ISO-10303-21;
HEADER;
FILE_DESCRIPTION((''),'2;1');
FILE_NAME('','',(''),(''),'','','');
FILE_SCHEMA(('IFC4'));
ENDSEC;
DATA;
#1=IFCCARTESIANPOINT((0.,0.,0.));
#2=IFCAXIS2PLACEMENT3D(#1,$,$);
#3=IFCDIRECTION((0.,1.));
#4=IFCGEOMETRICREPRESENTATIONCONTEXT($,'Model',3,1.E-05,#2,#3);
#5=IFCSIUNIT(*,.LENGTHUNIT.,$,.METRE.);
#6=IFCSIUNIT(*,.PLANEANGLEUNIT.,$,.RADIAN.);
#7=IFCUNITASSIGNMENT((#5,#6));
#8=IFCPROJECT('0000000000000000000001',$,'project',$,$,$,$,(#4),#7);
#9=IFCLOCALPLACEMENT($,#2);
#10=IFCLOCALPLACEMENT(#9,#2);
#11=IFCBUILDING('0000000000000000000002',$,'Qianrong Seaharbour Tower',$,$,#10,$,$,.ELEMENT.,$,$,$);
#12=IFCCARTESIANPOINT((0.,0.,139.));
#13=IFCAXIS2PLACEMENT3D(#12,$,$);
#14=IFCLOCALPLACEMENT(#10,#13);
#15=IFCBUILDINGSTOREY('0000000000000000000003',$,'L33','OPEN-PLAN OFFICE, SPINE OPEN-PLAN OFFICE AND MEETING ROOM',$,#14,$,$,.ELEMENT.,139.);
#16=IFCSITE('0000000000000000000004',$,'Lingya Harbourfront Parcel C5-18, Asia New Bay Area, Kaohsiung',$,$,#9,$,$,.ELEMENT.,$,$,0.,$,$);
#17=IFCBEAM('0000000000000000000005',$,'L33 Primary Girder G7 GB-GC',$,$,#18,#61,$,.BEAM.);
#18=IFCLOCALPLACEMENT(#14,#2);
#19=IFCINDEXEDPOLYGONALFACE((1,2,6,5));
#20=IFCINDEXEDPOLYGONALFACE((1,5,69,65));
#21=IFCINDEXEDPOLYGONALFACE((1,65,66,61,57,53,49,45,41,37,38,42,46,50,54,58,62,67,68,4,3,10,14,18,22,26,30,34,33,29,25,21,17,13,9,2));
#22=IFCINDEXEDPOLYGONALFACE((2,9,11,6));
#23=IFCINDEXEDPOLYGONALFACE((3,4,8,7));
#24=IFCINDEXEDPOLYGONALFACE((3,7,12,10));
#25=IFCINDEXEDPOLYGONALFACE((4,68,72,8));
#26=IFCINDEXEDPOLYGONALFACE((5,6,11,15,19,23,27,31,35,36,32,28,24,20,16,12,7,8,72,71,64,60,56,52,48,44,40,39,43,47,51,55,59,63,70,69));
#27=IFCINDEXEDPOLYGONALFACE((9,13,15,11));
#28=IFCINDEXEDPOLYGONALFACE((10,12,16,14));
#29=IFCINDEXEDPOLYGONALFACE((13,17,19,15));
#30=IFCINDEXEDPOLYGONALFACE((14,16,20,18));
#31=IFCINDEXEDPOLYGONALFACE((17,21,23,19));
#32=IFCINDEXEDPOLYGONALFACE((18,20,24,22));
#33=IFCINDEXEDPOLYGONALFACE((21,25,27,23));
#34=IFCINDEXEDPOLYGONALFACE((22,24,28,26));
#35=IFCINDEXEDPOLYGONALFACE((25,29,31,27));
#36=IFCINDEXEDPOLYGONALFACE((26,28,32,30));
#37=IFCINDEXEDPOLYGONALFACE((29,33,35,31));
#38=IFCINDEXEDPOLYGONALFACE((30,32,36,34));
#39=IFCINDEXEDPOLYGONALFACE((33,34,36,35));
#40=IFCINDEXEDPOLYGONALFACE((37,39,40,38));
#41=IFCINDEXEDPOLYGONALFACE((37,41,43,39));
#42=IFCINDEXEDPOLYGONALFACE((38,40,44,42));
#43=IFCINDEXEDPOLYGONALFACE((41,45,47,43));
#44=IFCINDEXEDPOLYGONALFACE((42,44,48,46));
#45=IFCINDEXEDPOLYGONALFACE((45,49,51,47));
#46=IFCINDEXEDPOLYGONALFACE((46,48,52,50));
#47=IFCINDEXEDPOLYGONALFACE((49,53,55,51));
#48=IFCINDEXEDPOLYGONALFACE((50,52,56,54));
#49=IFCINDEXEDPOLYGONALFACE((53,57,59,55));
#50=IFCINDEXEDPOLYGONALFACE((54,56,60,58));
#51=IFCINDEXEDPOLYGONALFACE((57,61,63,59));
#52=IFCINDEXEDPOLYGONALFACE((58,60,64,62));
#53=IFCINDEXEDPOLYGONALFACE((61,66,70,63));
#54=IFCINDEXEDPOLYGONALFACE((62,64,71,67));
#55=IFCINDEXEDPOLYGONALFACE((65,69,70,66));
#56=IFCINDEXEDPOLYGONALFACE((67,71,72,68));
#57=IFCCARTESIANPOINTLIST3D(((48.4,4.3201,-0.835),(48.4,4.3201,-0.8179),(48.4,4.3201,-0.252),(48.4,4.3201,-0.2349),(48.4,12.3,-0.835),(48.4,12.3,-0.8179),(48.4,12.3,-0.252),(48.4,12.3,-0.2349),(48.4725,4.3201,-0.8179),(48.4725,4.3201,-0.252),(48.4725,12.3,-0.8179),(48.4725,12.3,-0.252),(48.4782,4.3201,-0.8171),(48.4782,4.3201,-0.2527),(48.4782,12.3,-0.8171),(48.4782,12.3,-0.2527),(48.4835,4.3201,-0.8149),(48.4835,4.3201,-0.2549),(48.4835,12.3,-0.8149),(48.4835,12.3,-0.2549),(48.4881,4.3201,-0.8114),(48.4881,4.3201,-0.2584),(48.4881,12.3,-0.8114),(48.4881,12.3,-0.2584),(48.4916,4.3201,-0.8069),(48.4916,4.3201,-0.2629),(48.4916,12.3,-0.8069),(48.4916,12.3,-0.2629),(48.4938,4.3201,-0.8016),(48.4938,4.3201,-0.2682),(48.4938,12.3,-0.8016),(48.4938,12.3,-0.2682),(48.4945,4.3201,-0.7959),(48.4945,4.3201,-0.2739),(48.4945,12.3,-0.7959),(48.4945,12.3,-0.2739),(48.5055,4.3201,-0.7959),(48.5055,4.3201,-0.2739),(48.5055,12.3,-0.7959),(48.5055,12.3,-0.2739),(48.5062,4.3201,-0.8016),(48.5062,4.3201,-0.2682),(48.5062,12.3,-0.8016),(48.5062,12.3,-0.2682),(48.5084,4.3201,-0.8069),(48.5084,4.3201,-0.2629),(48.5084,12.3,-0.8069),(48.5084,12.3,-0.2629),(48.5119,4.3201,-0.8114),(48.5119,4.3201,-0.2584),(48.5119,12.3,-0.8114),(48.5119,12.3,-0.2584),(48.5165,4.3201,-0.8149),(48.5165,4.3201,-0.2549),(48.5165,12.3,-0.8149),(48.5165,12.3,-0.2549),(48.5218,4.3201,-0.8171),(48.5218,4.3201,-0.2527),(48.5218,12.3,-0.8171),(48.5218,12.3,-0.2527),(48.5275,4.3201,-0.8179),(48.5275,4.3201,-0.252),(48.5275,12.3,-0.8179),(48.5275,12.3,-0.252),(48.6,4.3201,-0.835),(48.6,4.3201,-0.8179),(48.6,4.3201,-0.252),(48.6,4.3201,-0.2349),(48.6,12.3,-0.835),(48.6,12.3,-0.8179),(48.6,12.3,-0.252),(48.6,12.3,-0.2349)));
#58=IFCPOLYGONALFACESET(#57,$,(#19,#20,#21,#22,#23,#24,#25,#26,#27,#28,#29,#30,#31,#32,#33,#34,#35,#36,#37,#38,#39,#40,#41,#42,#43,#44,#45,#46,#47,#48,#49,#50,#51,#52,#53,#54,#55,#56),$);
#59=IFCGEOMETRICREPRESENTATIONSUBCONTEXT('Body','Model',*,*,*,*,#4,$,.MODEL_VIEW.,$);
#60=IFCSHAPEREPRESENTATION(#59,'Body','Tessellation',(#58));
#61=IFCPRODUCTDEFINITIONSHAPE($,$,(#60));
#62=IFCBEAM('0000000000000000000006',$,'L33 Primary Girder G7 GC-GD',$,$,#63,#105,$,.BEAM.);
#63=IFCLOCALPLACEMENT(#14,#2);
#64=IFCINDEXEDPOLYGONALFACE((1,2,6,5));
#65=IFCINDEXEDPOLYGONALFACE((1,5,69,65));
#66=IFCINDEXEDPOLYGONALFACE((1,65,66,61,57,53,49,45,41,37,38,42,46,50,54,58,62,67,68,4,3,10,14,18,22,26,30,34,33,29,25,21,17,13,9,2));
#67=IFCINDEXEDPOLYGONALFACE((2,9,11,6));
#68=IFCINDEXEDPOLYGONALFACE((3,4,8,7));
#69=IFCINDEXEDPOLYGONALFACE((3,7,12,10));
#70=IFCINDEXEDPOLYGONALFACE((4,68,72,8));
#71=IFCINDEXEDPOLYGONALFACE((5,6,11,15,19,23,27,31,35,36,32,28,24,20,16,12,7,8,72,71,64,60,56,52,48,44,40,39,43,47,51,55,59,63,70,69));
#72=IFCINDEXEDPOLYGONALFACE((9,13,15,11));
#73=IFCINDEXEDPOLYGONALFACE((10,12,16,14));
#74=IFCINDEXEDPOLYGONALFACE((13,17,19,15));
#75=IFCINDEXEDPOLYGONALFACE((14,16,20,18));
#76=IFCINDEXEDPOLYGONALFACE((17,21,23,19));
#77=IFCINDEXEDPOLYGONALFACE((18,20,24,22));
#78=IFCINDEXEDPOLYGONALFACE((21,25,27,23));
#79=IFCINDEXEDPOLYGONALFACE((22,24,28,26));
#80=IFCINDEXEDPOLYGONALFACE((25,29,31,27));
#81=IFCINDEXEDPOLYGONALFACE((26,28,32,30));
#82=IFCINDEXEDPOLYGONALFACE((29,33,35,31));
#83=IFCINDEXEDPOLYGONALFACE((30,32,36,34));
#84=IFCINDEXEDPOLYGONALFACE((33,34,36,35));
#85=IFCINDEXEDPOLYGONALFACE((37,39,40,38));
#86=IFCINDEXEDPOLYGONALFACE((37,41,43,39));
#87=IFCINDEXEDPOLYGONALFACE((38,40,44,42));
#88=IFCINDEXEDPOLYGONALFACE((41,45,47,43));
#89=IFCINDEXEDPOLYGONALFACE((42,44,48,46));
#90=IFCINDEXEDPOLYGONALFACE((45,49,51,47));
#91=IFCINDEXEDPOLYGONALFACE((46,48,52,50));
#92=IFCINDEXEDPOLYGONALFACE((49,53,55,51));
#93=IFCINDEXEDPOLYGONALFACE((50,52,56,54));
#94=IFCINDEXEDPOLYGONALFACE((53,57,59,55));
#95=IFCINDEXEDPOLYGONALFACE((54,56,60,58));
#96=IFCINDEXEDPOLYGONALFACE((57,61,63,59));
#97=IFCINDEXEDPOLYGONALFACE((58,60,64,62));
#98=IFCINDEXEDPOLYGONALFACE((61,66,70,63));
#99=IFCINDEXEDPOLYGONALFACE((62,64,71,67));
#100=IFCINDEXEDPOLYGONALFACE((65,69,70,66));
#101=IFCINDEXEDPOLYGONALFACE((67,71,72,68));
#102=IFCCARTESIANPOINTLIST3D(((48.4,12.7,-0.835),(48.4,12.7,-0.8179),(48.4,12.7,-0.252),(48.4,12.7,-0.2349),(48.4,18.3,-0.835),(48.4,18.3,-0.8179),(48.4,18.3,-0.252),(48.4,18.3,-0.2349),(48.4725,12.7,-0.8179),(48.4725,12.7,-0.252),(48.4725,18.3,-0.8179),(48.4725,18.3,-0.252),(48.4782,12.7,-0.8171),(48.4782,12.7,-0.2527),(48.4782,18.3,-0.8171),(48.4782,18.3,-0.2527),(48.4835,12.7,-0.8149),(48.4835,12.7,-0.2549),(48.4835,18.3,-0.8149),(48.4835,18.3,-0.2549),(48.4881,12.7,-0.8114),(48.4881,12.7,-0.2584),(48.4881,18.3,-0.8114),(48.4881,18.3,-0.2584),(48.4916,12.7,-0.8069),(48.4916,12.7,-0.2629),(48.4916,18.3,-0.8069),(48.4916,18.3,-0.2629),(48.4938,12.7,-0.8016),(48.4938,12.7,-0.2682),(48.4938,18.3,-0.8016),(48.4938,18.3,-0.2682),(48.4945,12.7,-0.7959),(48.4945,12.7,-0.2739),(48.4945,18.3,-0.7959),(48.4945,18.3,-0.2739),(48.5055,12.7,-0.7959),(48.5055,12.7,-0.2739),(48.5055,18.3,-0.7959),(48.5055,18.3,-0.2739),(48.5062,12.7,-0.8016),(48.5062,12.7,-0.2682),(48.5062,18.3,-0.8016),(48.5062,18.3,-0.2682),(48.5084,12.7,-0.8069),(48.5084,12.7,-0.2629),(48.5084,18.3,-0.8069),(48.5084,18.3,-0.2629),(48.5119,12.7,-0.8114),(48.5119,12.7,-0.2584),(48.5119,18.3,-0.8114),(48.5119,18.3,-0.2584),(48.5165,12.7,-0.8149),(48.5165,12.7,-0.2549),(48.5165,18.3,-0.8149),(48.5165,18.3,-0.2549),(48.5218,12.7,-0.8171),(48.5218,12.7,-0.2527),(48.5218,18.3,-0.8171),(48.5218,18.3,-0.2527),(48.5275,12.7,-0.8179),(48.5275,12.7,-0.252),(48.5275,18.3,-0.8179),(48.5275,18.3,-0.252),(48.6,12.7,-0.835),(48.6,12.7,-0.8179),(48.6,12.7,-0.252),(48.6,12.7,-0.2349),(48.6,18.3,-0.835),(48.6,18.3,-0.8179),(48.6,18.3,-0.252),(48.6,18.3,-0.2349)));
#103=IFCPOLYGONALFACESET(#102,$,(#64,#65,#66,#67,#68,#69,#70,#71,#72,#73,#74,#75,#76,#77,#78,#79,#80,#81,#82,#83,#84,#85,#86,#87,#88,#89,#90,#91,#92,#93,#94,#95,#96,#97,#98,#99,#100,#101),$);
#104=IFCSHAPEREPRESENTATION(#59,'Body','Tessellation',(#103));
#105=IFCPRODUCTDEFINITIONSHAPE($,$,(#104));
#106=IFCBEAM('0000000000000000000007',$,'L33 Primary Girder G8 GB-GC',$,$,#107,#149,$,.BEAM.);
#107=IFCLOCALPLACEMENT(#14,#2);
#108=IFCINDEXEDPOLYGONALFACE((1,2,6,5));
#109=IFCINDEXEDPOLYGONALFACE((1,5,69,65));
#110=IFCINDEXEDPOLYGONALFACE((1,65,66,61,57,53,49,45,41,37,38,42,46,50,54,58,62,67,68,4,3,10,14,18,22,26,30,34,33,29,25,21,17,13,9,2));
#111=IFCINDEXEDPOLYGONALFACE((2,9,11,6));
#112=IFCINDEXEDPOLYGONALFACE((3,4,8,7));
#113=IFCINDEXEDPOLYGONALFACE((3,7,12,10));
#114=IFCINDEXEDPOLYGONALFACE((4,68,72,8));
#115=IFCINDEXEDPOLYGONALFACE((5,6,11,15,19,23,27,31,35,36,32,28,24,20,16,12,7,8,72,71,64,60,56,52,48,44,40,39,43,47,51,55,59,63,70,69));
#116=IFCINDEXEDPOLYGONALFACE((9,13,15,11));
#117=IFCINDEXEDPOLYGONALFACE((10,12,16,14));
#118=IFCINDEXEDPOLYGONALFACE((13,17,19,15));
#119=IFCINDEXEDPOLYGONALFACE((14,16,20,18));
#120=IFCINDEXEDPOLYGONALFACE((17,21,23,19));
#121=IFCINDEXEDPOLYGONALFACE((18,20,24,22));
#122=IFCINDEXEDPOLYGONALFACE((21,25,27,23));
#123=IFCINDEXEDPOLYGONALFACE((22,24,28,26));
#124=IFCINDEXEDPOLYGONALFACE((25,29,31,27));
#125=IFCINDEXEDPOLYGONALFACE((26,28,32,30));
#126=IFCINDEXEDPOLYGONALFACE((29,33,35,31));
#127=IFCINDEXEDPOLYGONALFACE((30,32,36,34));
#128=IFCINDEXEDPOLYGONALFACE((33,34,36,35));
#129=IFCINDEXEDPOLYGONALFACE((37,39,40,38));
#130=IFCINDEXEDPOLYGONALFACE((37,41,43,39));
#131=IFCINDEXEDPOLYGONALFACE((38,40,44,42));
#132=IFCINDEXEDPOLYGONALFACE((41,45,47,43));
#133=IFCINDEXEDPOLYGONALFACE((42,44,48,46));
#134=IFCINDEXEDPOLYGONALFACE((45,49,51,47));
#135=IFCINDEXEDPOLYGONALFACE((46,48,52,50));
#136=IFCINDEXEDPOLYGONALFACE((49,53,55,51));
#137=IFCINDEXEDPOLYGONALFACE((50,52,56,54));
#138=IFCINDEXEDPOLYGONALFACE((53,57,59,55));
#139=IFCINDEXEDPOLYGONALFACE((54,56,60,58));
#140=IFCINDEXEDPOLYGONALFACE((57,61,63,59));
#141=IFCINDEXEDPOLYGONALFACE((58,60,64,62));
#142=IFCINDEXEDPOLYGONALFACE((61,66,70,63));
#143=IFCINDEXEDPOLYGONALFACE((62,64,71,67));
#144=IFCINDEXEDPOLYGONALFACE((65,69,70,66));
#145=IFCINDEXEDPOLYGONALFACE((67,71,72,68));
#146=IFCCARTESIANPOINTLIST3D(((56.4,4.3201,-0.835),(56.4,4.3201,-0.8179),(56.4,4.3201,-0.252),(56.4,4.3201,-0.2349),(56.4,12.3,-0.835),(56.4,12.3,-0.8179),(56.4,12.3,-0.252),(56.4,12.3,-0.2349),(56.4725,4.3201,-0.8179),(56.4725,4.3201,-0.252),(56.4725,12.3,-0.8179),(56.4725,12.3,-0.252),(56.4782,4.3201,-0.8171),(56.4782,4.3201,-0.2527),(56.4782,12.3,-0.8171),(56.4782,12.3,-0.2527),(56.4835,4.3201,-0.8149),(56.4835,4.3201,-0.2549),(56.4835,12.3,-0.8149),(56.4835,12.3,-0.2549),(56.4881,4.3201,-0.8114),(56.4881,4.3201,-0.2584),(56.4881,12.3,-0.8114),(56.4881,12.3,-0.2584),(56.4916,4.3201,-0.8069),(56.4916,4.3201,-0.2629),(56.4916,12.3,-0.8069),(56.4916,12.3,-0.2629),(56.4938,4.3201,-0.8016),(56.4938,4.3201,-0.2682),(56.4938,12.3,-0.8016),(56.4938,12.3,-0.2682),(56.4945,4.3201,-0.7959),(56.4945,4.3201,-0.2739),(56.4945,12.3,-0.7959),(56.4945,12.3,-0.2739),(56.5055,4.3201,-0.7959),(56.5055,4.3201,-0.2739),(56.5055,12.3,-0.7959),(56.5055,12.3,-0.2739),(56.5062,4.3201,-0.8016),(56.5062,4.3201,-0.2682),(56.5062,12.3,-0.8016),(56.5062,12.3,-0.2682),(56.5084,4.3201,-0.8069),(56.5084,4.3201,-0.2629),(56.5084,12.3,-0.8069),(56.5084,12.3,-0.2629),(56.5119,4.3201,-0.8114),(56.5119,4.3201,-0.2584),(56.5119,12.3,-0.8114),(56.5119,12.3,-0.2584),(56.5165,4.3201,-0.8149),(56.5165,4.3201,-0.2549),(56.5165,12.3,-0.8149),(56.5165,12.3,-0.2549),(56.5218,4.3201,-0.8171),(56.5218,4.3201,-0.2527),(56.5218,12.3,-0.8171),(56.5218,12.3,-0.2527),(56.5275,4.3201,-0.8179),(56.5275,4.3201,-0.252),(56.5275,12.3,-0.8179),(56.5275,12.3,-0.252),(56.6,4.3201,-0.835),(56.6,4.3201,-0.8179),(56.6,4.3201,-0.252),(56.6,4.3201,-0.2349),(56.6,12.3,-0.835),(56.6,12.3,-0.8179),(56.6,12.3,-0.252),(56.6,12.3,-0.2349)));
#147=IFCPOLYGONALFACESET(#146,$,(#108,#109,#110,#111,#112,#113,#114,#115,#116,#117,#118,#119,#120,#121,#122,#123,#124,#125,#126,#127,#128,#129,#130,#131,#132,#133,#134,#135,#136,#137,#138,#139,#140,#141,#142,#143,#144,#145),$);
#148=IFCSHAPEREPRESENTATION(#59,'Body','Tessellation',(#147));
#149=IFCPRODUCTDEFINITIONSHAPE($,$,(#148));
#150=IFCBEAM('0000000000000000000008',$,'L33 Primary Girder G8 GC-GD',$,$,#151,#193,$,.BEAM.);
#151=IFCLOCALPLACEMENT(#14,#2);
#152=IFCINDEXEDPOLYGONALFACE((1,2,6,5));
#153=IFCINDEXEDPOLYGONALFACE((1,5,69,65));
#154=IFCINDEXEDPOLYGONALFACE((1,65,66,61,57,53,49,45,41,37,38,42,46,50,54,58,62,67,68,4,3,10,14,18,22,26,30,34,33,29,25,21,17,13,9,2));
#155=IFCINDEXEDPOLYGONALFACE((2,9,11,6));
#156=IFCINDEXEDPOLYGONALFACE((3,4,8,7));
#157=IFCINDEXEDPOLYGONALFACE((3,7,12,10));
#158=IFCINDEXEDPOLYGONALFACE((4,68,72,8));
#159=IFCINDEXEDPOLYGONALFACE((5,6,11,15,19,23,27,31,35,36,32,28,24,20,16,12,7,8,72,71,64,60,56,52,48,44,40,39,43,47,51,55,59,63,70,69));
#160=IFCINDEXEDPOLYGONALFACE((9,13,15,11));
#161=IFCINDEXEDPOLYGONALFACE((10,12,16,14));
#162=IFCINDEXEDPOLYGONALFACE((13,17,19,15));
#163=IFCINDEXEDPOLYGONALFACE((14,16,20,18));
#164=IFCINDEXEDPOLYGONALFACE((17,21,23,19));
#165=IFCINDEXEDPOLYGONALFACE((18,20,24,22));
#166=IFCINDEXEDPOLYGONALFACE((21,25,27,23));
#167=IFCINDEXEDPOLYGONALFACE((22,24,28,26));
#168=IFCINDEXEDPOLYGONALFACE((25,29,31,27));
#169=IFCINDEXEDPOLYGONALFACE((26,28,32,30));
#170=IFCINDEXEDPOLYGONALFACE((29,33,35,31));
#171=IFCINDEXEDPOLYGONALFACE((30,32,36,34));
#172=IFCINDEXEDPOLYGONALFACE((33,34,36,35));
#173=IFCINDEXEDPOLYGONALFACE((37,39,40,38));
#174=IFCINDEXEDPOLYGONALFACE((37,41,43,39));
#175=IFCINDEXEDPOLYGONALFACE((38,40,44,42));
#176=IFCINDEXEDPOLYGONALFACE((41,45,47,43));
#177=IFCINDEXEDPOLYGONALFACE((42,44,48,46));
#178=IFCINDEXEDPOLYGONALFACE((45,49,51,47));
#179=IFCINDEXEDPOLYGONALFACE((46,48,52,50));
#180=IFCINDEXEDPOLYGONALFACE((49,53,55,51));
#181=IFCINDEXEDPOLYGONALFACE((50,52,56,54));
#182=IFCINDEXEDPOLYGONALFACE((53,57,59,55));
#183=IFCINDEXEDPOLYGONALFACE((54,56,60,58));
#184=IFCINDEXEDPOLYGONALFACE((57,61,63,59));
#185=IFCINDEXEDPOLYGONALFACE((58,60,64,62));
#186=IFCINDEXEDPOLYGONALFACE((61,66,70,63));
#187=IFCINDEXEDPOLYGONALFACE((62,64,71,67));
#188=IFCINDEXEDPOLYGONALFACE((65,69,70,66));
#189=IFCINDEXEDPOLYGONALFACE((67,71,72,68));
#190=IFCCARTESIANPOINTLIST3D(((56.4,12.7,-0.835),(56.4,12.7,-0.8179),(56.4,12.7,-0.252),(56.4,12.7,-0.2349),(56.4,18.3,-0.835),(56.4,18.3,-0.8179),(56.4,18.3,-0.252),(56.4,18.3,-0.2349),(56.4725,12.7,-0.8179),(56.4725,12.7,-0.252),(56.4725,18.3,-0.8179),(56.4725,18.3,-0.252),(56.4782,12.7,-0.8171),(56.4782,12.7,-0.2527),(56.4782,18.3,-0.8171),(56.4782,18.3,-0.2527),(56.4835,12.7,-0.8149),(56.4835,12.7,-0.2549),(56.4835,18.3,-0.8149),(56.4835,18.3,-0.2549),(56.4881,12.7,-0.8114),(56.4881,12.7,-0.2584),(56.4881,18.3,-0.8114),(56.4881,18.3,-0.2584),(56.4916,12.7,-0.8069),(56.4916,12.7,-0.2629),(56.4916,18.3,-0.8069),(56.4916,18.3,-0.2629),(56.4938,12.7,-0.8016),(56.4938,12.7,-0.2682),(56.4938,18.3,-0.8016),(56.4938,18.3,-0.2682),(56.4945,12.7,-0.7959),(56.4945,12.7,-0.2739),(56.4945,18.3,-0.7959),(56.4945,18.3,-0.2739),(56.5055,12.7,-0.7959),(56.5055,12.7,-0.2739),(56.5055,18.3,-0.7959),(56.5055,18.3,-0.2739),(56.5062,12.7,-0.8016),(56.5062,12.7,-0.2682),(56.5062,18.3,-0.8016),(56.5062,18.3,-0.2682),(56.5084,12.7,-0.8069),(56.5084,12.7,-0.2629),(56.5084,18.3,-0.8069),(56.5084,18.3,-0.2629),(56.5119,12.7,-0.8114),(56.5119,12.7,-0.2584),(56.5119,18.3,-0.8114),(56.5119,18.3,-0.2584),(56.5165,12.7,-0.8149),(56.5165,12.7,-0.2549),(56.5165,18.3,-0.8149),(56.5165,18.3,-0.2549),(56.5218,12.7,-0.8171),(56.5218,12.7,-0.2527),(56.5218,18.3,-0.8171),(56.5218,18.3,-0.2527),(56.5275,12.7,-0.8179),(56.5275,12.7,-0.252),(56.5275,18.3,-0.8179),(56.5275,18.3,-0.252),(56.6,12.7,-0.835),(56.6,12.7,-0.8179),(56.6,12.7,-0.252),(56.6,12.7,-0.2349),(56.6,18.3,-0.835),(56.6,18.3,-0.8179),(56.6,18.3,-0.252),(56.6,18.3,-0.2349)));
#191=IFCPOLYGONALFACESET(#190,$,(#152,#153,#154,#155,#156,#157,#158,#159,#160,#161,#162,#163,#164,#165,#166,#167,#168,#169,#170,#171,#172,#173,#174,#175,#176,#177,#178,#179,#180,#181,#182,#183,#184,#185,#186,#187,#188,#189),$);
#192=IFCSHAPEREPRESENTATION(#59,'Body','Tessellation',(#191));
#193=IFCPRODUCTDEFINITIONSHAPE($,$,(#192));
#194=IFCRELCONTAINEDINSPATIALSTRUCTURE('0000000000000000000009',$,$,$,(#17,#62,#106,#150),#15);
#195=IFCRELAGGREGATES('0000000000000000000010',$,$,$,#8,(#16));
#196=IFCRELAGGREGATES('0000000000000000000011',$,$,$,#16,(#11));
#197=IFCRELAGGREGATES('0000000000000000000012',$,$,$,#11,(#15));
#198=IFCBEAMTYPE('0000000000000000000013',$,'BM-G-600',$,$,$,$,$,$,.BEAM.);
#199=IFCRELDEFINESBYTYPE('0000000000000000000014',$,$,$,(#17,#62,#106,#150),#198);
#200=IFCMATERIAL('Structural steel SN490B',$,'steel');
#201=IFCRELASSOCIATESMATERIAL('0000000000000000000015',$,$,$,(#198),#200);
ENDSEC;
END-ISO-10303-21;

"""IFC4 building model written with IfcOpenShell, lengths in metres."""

from ifc_helpers import new_model, si_unit, direction, frame, origin, origin_2d, place, context, subcontext, project, spatial, i_section, extrude, material, material_profile, profile_set, type_object, element, save


model = new_model("IFC4")

# Units and contexts
model_context = context("Model", 3, precision=1e-05, world=origin(), true_north=direction((0.0, 1.0)))
body_context = subcontext(model_context, "Body", "Model", "MODEL_VIEW")
ifc_project = project(units=[si_unit("LENGTHUNIT", "METRE"), si_unit("PLANEANGLEUNIT", "RADIAN")], contexts=[model_context])

# Site, building, storey
site_placement = place(None, origin())
site = spatial("IfcSite", under=ifc_project, at=site_placement, Name="Lingya Harbourfront Parcel C5-18, Asia New Bay Area, Kaohsiung", CompositionType="ELEMENT", RefElevation=0.0)
building_placement = place(site_placement, origin())
building = spatial("IfcBuilding", under=site, at=building_placement, Name="Qianrong Seaharbour Tower", CompositionType="ELEMENT")
storey_placement = place(building_placement, frame((0.0, 0.0, 139.0)))
storey = spatial("IfcBuildingStorey", under=building, at=storey_placement, Name="L33", Description="OPEN-PLAN OFFICE, SPINE OPEN-PLAN OFFICE AND MEETING ROOM", CompositionType="ELEMENT", Elevation=139.0)

# Shared definitions
ifc_material_1 = material(Name="Structural steel SN490B", Category="steel")

# Beams
ifc_material_profile_1 = material_profile(ifc_material_1, i_section(OverallWidth=0.2, OverallDepth=0.6001, WebThickness=0.011, FlangeThickness=0.0171, FilletRadius=0.022, at=origin_2d()), Name="H600x200x11x17")
ifc_profile_set_1 = profile_set([ifc_material_profile_1], Name="Structural steel SN490B")
beam_type_1 = type_object("IfcBeamType", Name="BM-G-600", PredefinedType="BEAM", material=ifc_profile_set_1)
beam_1_placement = place(storey_placement, frame((48.5, 4.3201, -0.5349), z_axis=(0.0, 1.0, 0.0), x_axis=(-1.0, 0.0, 0.0)))
element("IfcBeam", 1, at=beam_1_placement, inside=storey, type_object=beam_type_1, Name="L33 Primary Girder G7 GB-GC", PredefinedType="BEAM", context=body_context, shape_type="SweptSolid", body=[
    extrude(i_section(OverallWidth=0.2, OverallDepth=0.6001, WebThickness=0.011, FlangeThickness=0.0171, FilletRadius=0.022, at=origin_2d()), origin(), (0.0, 0.0, 1.0), 7.98),
])
beam_2_placement = place(storey_placement, frame((48.5, 12.7, -0.5349), z_axis=(0.0, 1.0, 0.0), x_axis=(-1.0, 0.0, 0.0)))
element("IfcBeam", 2, at=beam_2_placement, inside=storey, type_object=beam_type_1, Name="L33 Primary Girder G7 GC-GD", PredefinedType="BEAM", context=body_context, shape_type="SweptSolid", body=[
    extrude(i_section(OverallWidth=0.2, OverallDepth=0.6001, WebThickness=0.011, FlangeThickness=0.0171, FilletRadius=0.022, at=origin_2d()), origin(), (0.0, 0.0, 1.0), 5.6001),
])
beam_3_placement = place(storey_placement, frame((56.5, 4.3201, -0.5349), z_axis=(0.0, 1.0, 0.0), x_axis=(-1.0, 0.0, 0.0)))
element("IfcBeam", 3, at=beam_3_placement, inside=storey, type_object=beam_type_1, Name="L33 Primary Girder G8 GB-GC", PredefinedType="BEAM", context=body_context, shape_type="SweptSolid", body=[
    extrude(i_section(OverallWidth=0.2, OverallDepth=0.6001, WebThickness=0.011, FlangeThickness=0.0171, FilletRadius=0.022, at=origin_2d()), origin(), (0.0, 0.0, 1.0), 7.98),
])
beam_4_placement = place(storey_placement, frame((56.5, 12.7, -0.5349), z_axis=(0.0, 1.0, 0.0), x_axis=(-1.0, 0.0, 0.0)))
element("IfcBeam", 4, at=beam_4_placement, inside=storey, type_object=beam_type_1, Name="L33 Primary Girder G8 GC-GD", PredefinedType="BEAM", context=body_context, shape_type="SweptSolid", body=[
    extrude(i_section(OverallWidth=0.2, OverallDepth=0.6001, WebThickness=0.011, FlangeThickness=0.0171, FilletRadius=0.022, at=origin_2d()), origin(), (0.0, 0.0, 1.0), 5.6001),
])

save(model, "model.ifc")
